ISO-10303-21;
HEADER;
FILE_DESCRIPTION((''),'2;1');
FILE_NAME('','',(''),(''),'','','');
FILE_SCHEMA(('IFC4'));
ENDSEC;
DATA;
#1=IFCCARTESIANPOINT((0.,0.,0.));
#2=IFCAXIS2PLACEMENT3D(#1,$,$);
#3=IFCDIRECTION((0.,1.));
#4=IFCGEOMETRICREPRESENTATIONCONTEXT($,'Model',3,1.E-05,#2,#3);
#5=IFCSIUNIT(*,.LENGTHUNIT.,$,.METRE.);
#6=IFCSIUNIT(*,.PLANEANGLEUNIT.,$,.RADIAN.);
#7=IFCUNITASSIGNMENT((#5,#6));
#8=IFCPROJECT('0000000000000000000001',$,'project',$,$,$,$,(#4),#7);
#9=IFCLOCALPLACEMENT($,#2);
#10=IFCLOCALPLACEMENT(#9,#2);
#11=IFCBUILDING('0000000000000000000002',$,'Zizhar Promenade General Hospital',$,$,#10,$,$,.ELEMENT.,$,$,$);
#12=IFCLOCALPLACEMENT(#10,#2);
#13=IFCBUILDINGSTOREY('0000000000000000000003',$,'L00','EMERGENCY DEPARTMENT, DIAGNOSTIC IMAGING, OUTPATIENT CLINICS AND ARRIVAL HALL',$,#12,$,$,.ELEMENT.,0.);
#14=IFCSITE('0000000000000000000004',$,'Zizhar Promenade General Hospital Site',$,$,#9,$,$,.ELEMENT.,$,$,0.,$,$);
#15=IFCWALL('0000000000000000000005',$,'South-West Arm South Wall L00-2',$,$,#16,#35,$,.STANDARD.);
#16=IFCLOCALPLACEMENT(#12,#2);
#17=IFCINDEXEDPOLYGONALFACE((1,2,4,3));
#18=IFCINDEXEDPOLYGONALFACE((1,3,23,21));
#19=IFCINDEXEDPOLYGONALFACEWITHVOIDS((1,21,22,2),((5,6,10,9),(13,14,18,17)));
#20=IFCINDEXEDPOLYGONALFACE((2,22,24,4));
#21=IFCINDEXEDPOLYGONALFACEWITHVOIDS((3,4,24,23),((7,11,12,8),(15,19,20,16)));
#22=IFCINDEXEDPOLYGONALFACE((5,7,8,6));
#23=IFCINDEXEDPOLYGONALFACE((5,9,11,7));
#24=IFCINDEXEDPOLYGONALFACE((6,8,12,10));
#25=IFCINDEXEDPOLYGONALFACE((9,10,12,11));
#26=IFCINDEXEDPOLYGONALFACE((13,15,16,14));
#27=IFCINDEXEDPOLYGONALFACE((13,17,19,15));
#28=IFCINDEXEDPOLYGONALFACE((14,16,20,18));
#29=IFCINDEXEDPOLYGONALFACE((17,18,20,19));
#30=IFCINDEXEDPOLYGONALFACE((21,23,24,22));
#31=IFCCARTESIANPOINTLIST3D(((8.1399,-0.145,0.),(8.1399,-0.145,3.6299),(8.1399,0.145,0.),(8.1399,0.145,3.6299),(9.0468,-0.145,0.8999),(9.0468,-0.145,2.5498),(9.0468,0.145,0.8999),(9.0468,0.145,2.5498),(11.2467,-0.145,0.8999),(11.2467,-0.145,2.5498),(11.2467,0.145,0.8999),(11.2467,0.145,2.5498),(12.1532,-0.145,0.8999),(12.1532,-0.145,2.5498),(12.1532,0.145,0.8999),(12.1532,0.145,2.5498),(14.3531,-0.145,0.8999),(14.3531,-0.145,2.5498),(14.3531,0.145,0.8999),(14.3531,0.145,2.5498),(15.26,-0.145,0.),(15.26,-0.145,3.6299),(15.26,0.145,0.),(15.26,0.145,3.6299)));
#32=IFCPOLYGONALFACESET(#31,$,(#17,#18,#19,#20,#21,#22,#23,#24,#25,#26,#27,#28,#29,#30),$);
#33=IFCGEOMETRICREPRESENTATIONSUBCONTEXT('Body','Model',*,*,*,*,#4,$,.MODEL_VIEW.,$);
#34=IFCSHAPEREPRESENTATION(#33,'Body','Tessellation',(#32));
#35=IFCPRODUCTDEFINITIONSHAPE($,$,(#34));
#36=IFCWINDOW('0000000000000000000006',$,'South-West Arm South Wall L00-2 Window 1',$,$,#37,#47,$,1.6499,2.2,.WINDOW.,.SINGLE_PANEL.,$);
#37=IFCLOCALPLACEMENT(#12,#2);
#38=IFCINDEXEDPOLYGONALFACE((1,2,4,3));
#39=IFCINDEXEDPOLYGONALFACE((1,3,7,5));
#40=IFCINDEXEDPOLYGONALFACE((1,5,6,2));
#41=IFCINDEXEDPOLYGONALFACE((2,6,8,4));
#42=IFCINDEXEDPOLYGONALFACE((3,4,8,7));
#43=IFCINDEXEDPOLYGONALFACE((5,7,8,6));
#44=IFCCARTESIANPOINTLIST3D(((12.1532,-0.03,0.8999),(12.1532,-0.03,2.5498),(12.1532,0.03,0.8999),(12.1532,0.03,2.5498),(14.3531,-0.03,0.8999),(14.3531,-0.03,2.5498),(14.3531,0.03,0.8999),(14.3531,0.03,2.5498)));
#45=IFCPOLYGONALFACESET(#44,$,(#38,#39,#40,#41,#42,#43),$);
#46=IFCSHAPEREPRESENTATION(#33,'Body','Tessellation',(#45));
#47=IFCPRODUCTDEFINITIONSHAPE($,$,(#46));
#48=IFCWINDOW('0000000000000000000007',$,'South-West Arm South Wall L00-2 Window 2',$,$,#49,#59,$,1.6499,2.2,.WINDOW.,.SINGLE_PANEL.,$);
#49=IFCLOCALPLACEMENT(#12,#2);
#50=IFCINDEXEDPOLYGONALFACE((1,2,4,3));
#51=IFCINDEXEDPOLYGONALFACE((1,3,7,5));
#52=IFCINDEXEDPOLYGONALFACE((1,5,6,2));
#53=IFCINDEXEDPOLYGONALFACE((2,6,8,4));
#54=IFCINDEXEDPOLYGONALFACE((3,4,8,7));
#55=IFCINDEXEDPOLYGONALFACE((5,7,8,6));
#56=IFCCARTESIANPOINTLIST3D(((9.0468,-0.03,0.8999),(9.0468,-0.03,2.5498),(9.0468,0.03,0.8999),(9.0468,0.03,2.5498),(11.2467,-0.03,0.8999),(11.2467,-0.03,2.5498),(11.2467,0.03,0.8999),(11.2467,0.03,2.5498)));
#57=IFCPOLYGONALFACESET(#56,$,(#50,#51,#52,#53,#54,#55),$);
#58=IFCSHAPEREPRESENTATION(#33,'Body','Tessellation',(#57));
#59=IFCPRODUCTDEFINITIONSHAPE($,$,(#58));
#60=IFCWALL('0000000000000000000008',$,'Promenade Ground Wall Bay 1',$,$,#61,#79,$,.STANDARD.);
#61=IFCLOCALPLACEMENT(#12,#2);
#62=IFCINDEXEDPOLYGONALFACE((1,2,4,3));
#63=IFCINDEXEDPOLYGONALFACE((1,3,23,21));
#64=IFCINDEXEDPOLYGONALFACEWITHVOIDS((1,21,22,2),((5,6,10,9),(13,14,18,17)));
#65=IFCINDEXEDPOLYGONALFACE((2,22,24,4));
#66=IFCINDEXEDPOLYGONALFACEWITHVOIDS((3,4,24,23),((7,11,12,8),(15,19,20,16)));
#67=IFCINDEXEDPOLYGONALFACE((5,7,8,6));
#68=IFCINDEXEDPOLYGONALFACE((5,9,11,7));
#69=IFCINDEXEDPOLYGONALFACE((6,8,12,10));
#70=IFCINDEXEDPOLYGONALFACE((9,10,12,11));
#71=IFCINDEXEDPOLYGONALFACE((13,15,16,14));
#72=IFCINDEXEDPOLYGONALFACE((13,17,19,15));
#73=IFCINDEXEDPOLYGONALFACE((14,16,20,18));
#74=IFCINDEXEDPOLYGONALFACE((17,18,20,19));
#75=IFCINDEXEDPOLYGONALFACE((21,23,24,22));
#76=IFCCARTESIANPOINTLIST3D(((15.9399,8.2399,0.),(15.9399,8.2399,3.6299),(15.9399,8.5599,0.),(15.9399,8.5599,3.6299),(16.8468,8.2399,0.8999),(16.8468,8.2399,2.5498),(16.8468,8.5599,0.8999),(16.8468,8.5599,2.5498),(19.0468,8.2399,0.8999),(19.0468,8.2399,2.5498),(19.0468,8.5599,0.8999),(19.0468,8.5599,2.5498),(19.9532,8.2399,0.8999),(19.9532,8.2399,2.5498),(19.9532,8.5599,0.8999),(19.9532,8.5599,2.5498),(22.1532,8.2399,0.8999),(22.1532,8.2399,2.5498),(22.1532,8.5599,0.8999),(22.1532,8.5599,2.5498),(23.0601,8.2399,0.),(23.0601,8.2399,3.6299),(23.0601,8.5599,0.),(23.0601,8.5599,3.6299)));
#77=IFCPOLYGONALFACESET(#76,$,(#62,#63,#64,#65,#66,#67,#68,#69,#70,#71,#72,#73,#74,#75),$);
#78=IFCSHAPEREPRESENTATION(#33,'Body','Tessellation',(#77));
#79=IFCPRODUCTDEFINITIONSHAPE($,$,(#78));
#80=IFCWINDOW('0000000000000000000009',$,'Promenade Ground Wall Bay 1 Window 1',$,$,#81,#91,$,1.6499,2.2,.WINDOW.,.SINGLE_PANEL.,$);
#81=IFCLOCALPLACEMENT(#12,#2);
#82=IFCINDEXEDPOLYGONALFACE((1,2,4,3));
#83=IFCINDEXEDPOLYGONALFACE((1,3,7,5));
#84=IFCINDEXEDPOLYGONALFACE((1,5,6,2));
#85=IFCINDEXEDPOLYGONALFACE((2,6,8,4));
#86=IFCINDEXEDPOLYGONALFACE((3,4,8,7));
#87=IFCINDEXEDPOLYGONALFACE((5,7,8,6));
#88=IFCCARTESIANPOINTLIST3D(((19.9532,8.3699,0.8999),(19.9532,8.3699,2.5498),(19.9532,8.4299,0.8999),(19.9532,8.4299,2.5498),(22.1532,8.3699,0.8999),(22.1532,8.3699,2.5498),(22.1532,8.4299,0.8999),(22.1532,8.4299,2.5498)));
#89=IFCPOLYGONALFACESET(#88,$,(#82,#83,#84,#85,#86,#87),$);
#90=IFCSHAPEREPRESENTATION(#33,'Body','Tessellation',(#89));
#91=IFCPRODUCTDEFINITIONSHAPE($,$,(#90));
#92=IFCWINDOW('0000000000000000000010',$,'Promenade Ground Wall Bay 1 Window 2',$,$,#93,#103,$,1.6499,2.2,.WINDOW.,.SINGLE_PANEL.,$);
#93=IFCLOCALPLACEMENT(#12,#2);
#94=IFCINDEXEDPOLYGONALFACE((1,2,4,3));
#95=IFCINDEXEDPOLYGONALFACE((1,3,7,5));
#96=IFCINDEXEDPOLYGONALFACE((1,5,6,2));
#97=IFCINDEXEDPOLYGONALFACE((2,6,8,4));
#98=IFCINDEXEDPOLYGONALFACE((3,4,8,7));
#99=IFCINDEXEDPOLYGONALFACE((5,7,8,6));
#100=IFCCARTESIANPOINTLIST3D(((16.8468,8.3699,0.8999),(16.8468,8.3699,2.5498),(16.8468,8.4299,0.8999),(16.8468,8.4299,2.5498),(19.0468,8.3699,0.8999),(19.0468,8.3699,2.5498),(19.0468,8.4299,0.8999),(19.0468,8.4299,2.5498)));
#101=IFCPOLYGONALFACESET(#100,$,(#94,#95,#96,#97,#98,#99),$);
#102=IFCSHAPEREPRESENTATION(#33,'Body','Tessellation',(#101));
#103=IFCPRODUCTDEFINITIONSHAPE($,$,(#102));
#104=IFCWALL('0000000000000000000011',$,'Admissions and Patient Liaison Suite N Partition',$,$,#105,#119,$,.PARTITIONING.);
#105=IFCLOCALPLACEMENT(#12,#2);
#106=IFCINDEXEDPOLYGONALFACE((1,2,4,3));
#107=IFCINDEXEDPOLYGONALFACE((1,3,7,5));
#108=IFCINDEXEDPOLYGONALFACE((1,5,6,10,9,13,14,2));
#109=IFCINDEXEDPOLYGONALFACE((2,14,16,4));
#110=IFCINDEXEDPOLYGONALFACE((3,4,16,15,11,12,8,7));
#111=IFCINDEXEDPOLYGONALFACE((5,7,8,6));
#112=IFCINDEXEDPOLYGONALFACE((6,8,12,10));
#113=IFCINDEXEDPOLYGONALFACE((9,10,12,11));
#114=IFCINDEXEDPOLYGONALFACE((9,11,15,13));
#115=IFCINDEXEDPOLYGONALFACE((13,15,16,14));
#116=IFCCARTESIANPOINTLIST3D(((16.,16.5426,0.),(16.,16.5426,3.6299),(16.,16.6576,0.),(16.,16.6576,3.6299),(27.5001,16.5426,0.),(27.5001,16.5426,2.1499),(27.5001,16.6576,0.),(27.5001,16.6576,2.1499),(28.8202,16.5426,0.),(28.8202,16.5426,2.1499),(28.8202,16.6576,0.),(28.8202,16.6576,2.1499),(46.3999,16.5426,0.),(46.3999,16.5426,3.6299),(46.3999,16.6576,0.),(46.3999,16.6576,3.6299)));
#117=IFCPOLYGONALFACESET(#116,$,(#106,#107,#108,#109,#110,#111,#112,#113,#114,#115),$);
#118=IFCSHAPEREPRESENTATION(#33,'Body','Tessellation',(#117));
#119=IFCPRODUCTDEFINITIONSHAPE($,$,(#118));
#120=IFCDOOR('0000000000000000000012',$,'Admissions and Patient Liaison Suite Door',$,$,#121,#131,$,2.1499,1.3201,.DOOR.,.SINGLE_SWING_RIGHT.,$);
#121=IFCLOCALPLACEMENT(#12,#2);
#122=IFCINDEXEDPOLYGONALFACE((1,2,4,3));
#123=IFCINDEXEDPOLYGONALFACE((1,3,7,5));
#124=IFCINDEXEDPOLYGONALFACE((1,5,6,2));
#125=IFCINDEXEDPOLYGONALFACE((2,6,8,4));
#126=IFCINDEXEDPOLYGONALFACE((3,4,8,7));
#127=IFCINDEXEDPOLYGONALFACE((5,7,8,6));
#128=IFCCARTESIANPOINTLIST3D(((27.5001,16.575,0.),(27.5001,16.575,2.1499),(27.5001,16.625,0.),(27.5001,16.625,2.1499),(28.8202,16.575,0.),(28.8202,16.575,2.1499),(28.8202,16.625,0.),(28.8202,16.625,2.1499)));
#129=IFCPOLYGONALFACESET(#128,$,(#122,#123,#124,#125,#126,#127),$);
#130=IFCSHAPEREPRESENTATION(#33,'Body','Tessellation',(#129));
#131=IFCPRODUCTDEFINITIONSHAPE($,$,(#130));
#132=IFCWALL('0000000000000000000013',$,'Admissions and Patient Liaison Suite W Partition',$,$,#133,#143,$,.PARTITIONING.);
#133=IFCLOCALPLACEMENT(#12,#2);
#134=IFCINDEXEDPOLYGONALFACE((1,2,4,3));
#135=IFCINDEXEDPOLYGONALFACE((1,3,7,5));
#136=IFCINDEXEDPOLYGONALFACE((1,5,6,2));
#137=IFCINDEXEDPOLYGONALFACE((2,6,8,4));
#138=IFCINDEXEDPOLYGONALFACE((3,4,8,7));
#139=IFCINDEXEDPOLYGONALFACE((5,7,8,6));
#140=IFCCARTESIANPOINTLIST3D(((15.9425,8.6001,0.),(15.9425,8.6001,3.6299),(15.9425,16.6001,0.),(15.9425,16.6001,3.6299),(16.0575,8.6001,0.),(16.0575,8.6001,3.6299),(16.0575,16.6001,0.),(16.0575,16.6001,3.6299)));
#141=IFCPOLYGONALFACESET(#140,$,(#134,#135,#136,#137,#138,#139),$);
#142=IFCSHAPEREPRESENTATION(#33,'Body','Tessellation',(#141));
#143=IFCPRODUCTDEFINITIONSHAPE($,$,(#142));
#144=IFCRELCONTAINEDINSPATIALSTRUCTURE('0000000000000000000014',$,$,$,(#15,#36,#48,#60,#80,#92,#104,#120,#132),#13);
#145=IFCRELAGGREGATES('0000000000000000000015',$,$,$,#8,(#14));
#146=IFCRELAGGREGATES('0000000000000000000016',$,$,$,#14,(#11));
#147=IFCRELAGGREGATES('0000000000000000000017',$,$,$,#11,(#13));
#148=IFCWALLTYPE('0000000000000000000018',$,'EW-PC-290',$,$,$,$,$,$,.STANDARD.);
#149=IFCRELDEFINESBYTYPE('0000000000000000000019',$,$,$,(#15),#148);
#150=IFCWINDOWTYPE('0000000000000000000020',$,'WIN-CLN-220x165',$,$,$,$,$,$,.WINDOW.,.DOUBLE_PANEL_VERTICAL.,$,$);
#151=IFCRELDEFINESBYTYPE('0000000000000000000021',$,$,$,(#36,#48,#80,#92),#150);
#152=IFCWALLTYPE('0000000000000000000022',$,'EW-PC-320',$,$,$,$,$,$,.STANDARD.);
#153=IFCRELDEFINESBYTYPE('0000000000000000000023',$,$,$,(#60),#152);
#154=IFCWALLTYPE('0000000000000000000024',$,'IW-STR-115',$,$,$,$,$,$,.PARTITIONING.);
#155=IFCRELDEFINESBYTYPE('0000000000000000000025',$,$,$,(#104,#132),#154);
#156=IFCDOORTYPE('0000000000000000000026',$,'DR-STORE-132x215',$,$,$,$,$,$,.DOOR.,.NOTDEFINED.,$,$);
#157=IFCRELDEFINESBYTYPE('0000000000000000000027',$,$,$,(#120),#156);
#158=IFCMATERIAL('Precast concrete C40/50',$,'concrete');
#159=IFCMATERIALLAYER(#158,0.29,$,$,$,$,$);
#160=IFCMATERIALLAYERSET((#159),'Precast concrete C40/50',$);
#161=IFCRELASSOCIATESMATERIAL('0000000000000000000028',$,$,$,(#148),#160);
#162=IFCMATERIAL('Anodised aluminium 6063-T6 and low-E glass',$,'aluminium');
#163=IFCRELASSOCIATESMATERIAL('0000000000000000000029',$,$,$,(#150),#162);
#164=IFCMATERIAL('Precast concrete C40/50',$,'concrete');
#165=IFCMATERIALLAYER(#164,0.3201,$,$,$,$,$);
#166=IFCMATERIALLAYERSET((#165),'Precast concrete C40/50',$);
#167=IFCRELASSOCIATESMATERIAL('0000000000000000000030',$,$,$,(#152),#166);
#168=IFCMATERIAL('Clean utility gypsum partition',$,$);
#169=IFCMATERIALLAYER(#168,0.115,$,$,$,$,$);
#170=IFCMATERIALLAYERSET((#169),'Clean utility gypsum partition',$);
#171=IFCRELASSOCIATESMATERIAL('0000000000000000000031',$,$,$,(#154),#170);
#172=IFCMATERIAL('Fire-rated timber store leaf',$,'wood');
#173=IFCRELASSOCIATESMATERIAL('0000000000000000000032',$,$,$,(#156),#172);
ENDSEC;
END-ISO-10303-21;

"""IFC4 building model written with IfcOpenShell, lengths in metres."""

from ifc_helpers import new_model, si_unit, direction, frame, frame_2d, origin, place, context, subcontext, project, spatial, rectangle, extrude, material, layer, layer_set, type_object, element, fill, save


model = new_model("IFC4")

# Units and contexts
model_context = context("Model", 3, precision=1e-05, world=origin(), true_north=direction((0.0, 1.0)))
body_context = subcontext(model_context, "Body", "Model", "MODEL_VIEW")
ifc_project = project(units=[si_unit("LENGTHUNIT", "METRE"), si_unit("PLANEANGLEUNIT", "RADIAN")], contexts=[model_context])

# Site, building, storey
site_placement = place(None, origin())
site = spatial("IfcSite", under=ifc_project, at=site_placement, Name="Zizhar Promenade General Hospital Site", CompositionType="ELEMENT", RefElevation=0.0)
building_placement = place(site_placement, origin())
building = spatial("IfcBuilding", under=site, at=building_placement, Name="Zizhar Promenade General Hospital", CompositionType="ELEMENT")
storey_placement = place(building_placement, origin())
storey = spatial("IfcBuildingStorey", under=building, at=storey_placement, Name="L00", Description="EMERGENCY DEPARTMENT, DIAGNOSTIC IMAGING, OUTPATIENT CLINICS AND ARRIVAL HALL", CompositionType="ELEMENT", Elevation=0.0)

# Walls, openings, windows
ifc_material_1 = material(Name="Precast concrete C40/50", Category="concrete")
ifc_layer_1 = layer(ifc_material_1, 0.29)
ifc_layer_set_1 = layer_set([ifc_layer_1], Name="Precast concrete C40/50")
wall_type_1 = type_object("IfcWallType", Name="EW-PC-290", PredefinedType="STANDARD", material=ifc_layer_set_1)
wall_1_placement = place(storey_placement, frame((15.26, 0.0, 0.0), z_axis=(0.0, 0.0, 1.0), x_axis=(-1.0, 0.0, 0.0)))
wall_1 = element("IfcWall", 1, at=wall_1_placement, inside=storey, type_object=wall_type_1, Name="South-West Arm South Wall L00-2", PredefinedType="STANDARD", context=body_context, shape_type="SweptSolid", body=[
    extrude(rectangle(XDim=7.1201, YDim=0.29, at=frame_2d((3.5601, 0.0))), origin(), (0.0, 0.0, 1.0), 3.6299),
])
opening_1_placement = place(wall_1_placement, frame((0.9067, 0.0, 0.8999)))
opening_1 = element("IfcOpeningElement", 2, at=opening_1_placement, cuts=wall_1, PredefinedType="OPENING", context=body_context, shape_type="SweptSolid", body=[
    extrude(rectangle(XDim=2.2, YDim=1.6499, at=frame_2d((1.1001, 0.825))), frame((0.0, 0.155, 0.0), z_axis=(0.0, -1.0, 0.0), x_axis=(1.0, 0.0, 0.0)), (0.0, 0.0, 1.0), 0.3101),
])
opening_2_placement = place(wall_1_placement, frame((4.0132, 0.0, 0.8999)))
opening_2 = element("IfcOpeningElement", 3, at=opening_2_placement, cuts=wall_1, PredefinedType="OPENING", context=body_context, shape_type="SweptSolid", body=[
    extrude(rectangle(XDim=2.2, YDim=1.6499, at=frame_2d((1.1001, 0.825))), frame((0.0, 0.155, 0.0), z_axis=(0.0, -1.0, 0.0), x_axis=(1.0, 0.0, 0.0)), (0.0, 0.0, 1.0), 0.3101),
])
ifc_material_2 = material(Name="Anodised aluminium 6063-T6 and low-E glass", Category="aluminium")
window_type = type_object("IfcWindowType", Name="WIN-CLN-220x165", PartitioningType="DOUBLE_PANEL_VERTICAL", PredefinedType="WINDOW", material=ifc_material_2)
window_1_placement = place(opening_1_placement, origin())
window_1 = element("IfcWindow", 4, at=window_1_placement, inside=storey, type_object=window_type, Name="South-West Arm South Wall L00-2 Window 1", OverallHeight=1.6499, OverallWidth=2.2, PartitioningType="SINGLE_PANEL", PredefinedType="WINDOW", context=body_context, shape_type="SweptSolid", body=[
    extrude(rectangle(XDim=2.2, YDim=1.6499, at=frame_2d((1.1001, 0.825))), frame((0.0, 0.03, 0.0), z_axis=(0.0, -1.0, 0.0), x_axis=(1.0, 0.0, 0.0)), (0.0, 0.0, 1.0), 0.0601),
])
fill(opening_1, window_1)
window_2_placement = place(opening_2_placement, origin())
window_2 = element("IfcWindow", 5, at=window_2_placement, inside=storey, type_object=window_type, Name="South-West Arm South Wall L00-2 Window 2", OverallHeight=1.6499, OverallWidth=2.2, PartitioningType="SINGLE_PANEL", PredefinedType="WINDOW", context=body_context, shape_type="SweptSolid", body=[
    extrude(rectangle(XDim=2.2, YDim=1.6499, at=frame_2d((1.1001, 0.825))), frame((0.0, 0.03, 0.0), z_axis=(0.0, -1.0, 0.0), x_axis=(1.0, 0.0, 0.0)), (0.0, 0.0, 1.0), 0.0601),
])
fill(opening_2, window_2)
ifc_material_3 = material(Name="Precast concrete C40/50", Category="concrete")
ifc_layer_2 = layer(ifc_material_3, 0.3201)
ifc_layer_set_2 = layer_set([ifc_layer_2], Name="Precast concrete C40/50")
wall_type_2 = type_object("IfcWallType", Name="EW-PC-320", PredefinedType="STANDARD", material=ifc_layer_set_2)
wall_2_placement = place(storey_placement, frame((23.0601, 8.3999, 0.0), z_axis=(0.0, 0.0, 1.0), x_axis=(-1.0, 0.0, 0.0)))
wall_2 = element("IfcWall", 6, at=wall_2_placement, inside=storey, type_object=wall_type_2, Name="Promenade Ground Wall Bay 1", PredefinedType="STANDARD", context=body_context, shape_type="SweptSolid", body=[
    extrude(rectangle(XDim=7.1201, YDim=0.3201, at=frame_2d((3.5601, 0.0))), origin(), (0.0, 0.0, 1.0), 3.6299),
])
opening_3_placement = place(wall_2_placement, frame((0.9067, 0.0, 0.8999)))
opening_3 = element("IfcOpeningElement", 7, at=opening_3_placement, cuts=wall_2, PredefinedType="OPENING", context=body_context, shape_type="SweptSolid", body=[
    extrude(rectangle(XDim=2.2, YDim=1.6499, at=frame_2d((1.1001, 0.825))), frame((0.0, 0.1699, 0.0), z_axis=(0.0, -1.0, 0.0), x_axis=(1.0, 0.0, 0.0)), (0.0, 0.0, 1.0), 0.3401),
])
opening_4_placement = place(wall_2_placement, frame((4.0132, 0.0, 0.8999)))
opening_4 = element("IfcOpeningElement", 8, at=opening_4_placement, cuts=wall_2, PredefinedType="OPENING", context=body_context, shape_type="SweptSolid", body=[
    extrude(rectangle(XDim=2.2, YDim=1.6499, at=frame_2d((1.1001, 0.825))), frame((0.0, 0.1699, 0.0), z_axis=(0.0, -1.0, 0.0), x_axis=(1.0, 0.0, 0.0)), (0.0, 0.0, 1.0), 0.3401),
])
window_3_placement = place(opening_3_placement, origin())
window_3 = element("IfcWindow", 9, at=window_3_placement, inside=storey, type_object=window_type, Name="Promenade Ground Wall Bay 1 Window 1", OverallHeight=1.6499, OverallWidth=2.2, PartitioningType="SINGLE_PANEL", PredefinedType="WINDOW", context=body_context, shape_type="SweptSolid", body=[
    extrude(rectangle(XDim=2.2, YDim=1.6499, at=frame_2d((1.1001, 0.825))), frame((0.0, 0.03, 0.0), z_axis=(0.0, -1.0, 0.0), x_axis=(1.0, 0.0, 0.0)), (0.0, 0.0, 1.0), 0.0601),
])
fill(opening_3, window_3)
window_4_placement = place(opening_4_placement, origin())
window_4 = element("IfcWindow", 10, at=window_4_placement, inside=storey, type_object=window_type, Name="Promenade Ground Wall Bay 1 Window 2", OverallHeight=1.6499, OverallWidth=2.2, PartitioningType="SINGLE_PANEL", PredefinedType="WINDOW", context=body_context, shape_type="SweptSolid", body=[
    extrude(rectangle(XDim=2.2, YDim=1.6499, at=frame_2d((1.1001, 0.825))), frame((0.0, 0.03, 0.0), z_axis=(0.0, -1.0, 0.0), x_axis=(1.0, 0.0, 0.0)), (0.0, 0.0, 1.0), 0.0601),
])
fill(opening_4, window_4)

# Wall, opening, door
ifc_material_4 = material(Name="Clean utility gypsum partition")
ifc_layer_3 = layer(ifc_material_4, 0.115)
ifc_layer_set_3 = layer_set([ifc_layer_3], Name="Clean utility gypsum partition")
wall_type_3 = type_object("IfcWallType", Name="IW-STR-115", PredefinedType="PARTITIONING", material=ifc_layer_set_3)
wall_3_placement = place(storey_placement, frame((16.0, 16.6001, 0.0), z_axis=(0.0, 0.0, 1.0), x_axis=(1.0, 0.0, 0.0)))
wall_3 = element("IfcWall", 11, at=wall_3_placement, inside=storey, type_object=wall_type_3, Name="Admissions and Patient Liaison Suite N Partition", PredefinedType="PARTITIONING", context=body_context, shape_type="SweptSolid", body=[
    extrude(rectangle(XDim=30.3999, YDim=0.115, at=frame_2d((15.2, 0.0))), origin(), (0.0, 0.0, 1.0), 3.6299),
])
opening_5_placement = place(wall_3_placement, frame((11.5, 0.0, 0.0)))
opening_5 = element("IfcOpeningElement", 12, at=opening_5_placement, cuts=wall_3, PredefinedType="OPENING", context=body_context, shape_type="SweptSolid", body=[
    extrude(rectangle(XDim=1.3201, YDim=2.1499, at=frame_2d((0.6602, 1.075))), frame((0.0, 0.0674, 0.0), z_axis=(0.0, -1.0, 0.0), x_axis=(1.0, 0.0, 0.0)), (0.0, 0.0, 1.0), 0.135),
])
ifc_material_5 = material(Name="Fire-rated timber store leaf", Category="wood")
door_type = type_object("IfcDoorType", Name="DR-STORE-132x215", OperationType="NOTDEFINED", PredefinedType="DOOR", material=ifc_material_5)
door_placement = place(opening_5_placement, origin())
door = element("IfcDoor", 13, at=door_placement, inside=storey, type_object=door_type, Name="Admissions and Patient Liaison Suite Door", OperationType="SINGLE_SWING_RIGHT", OverallHeight=2.1499, OverallWidth=1.3201, PredefinedType="DOOR", context=body_context, shape_type="SweptSolid", body=[
    extrude(rectangle(XDim=1.3201, YDim=2.1499, at=frame_2d((0.6602, 1.075))), frame((0.0, 0.0249, 0.0), z_axis=(0.0, -1.0, 0.0), x_axis=(1.0, 0.0, 0.0)), (0.0, 0.0, 1.0), 0.05),
])
fill(opening_5, door)

# Wall
wall_4_placement = place(storey_placement, frame((16.0, 8.6001, 0.0), z_axis=(0.0, 0.0, 1.0), x_axis=(0.0, 1.0, 0.0)))
element("IfcWall", 14, at=wall_4_placement, inside=storey, type_object=wall_type_3, Name="Admissions and Patient Liaison Suite W Partition", PredefinedType="PARTITIONING", context=body_context, shape_type="SweptSolid", body=[
    extrude(rectangle(XDim=8.0, YDim=0.115, at=frame_2d((4.0, 0.0))), origin(), (0.0, 0.0, 1.0), 3.6299),
])

save(model, "model.ifc")
